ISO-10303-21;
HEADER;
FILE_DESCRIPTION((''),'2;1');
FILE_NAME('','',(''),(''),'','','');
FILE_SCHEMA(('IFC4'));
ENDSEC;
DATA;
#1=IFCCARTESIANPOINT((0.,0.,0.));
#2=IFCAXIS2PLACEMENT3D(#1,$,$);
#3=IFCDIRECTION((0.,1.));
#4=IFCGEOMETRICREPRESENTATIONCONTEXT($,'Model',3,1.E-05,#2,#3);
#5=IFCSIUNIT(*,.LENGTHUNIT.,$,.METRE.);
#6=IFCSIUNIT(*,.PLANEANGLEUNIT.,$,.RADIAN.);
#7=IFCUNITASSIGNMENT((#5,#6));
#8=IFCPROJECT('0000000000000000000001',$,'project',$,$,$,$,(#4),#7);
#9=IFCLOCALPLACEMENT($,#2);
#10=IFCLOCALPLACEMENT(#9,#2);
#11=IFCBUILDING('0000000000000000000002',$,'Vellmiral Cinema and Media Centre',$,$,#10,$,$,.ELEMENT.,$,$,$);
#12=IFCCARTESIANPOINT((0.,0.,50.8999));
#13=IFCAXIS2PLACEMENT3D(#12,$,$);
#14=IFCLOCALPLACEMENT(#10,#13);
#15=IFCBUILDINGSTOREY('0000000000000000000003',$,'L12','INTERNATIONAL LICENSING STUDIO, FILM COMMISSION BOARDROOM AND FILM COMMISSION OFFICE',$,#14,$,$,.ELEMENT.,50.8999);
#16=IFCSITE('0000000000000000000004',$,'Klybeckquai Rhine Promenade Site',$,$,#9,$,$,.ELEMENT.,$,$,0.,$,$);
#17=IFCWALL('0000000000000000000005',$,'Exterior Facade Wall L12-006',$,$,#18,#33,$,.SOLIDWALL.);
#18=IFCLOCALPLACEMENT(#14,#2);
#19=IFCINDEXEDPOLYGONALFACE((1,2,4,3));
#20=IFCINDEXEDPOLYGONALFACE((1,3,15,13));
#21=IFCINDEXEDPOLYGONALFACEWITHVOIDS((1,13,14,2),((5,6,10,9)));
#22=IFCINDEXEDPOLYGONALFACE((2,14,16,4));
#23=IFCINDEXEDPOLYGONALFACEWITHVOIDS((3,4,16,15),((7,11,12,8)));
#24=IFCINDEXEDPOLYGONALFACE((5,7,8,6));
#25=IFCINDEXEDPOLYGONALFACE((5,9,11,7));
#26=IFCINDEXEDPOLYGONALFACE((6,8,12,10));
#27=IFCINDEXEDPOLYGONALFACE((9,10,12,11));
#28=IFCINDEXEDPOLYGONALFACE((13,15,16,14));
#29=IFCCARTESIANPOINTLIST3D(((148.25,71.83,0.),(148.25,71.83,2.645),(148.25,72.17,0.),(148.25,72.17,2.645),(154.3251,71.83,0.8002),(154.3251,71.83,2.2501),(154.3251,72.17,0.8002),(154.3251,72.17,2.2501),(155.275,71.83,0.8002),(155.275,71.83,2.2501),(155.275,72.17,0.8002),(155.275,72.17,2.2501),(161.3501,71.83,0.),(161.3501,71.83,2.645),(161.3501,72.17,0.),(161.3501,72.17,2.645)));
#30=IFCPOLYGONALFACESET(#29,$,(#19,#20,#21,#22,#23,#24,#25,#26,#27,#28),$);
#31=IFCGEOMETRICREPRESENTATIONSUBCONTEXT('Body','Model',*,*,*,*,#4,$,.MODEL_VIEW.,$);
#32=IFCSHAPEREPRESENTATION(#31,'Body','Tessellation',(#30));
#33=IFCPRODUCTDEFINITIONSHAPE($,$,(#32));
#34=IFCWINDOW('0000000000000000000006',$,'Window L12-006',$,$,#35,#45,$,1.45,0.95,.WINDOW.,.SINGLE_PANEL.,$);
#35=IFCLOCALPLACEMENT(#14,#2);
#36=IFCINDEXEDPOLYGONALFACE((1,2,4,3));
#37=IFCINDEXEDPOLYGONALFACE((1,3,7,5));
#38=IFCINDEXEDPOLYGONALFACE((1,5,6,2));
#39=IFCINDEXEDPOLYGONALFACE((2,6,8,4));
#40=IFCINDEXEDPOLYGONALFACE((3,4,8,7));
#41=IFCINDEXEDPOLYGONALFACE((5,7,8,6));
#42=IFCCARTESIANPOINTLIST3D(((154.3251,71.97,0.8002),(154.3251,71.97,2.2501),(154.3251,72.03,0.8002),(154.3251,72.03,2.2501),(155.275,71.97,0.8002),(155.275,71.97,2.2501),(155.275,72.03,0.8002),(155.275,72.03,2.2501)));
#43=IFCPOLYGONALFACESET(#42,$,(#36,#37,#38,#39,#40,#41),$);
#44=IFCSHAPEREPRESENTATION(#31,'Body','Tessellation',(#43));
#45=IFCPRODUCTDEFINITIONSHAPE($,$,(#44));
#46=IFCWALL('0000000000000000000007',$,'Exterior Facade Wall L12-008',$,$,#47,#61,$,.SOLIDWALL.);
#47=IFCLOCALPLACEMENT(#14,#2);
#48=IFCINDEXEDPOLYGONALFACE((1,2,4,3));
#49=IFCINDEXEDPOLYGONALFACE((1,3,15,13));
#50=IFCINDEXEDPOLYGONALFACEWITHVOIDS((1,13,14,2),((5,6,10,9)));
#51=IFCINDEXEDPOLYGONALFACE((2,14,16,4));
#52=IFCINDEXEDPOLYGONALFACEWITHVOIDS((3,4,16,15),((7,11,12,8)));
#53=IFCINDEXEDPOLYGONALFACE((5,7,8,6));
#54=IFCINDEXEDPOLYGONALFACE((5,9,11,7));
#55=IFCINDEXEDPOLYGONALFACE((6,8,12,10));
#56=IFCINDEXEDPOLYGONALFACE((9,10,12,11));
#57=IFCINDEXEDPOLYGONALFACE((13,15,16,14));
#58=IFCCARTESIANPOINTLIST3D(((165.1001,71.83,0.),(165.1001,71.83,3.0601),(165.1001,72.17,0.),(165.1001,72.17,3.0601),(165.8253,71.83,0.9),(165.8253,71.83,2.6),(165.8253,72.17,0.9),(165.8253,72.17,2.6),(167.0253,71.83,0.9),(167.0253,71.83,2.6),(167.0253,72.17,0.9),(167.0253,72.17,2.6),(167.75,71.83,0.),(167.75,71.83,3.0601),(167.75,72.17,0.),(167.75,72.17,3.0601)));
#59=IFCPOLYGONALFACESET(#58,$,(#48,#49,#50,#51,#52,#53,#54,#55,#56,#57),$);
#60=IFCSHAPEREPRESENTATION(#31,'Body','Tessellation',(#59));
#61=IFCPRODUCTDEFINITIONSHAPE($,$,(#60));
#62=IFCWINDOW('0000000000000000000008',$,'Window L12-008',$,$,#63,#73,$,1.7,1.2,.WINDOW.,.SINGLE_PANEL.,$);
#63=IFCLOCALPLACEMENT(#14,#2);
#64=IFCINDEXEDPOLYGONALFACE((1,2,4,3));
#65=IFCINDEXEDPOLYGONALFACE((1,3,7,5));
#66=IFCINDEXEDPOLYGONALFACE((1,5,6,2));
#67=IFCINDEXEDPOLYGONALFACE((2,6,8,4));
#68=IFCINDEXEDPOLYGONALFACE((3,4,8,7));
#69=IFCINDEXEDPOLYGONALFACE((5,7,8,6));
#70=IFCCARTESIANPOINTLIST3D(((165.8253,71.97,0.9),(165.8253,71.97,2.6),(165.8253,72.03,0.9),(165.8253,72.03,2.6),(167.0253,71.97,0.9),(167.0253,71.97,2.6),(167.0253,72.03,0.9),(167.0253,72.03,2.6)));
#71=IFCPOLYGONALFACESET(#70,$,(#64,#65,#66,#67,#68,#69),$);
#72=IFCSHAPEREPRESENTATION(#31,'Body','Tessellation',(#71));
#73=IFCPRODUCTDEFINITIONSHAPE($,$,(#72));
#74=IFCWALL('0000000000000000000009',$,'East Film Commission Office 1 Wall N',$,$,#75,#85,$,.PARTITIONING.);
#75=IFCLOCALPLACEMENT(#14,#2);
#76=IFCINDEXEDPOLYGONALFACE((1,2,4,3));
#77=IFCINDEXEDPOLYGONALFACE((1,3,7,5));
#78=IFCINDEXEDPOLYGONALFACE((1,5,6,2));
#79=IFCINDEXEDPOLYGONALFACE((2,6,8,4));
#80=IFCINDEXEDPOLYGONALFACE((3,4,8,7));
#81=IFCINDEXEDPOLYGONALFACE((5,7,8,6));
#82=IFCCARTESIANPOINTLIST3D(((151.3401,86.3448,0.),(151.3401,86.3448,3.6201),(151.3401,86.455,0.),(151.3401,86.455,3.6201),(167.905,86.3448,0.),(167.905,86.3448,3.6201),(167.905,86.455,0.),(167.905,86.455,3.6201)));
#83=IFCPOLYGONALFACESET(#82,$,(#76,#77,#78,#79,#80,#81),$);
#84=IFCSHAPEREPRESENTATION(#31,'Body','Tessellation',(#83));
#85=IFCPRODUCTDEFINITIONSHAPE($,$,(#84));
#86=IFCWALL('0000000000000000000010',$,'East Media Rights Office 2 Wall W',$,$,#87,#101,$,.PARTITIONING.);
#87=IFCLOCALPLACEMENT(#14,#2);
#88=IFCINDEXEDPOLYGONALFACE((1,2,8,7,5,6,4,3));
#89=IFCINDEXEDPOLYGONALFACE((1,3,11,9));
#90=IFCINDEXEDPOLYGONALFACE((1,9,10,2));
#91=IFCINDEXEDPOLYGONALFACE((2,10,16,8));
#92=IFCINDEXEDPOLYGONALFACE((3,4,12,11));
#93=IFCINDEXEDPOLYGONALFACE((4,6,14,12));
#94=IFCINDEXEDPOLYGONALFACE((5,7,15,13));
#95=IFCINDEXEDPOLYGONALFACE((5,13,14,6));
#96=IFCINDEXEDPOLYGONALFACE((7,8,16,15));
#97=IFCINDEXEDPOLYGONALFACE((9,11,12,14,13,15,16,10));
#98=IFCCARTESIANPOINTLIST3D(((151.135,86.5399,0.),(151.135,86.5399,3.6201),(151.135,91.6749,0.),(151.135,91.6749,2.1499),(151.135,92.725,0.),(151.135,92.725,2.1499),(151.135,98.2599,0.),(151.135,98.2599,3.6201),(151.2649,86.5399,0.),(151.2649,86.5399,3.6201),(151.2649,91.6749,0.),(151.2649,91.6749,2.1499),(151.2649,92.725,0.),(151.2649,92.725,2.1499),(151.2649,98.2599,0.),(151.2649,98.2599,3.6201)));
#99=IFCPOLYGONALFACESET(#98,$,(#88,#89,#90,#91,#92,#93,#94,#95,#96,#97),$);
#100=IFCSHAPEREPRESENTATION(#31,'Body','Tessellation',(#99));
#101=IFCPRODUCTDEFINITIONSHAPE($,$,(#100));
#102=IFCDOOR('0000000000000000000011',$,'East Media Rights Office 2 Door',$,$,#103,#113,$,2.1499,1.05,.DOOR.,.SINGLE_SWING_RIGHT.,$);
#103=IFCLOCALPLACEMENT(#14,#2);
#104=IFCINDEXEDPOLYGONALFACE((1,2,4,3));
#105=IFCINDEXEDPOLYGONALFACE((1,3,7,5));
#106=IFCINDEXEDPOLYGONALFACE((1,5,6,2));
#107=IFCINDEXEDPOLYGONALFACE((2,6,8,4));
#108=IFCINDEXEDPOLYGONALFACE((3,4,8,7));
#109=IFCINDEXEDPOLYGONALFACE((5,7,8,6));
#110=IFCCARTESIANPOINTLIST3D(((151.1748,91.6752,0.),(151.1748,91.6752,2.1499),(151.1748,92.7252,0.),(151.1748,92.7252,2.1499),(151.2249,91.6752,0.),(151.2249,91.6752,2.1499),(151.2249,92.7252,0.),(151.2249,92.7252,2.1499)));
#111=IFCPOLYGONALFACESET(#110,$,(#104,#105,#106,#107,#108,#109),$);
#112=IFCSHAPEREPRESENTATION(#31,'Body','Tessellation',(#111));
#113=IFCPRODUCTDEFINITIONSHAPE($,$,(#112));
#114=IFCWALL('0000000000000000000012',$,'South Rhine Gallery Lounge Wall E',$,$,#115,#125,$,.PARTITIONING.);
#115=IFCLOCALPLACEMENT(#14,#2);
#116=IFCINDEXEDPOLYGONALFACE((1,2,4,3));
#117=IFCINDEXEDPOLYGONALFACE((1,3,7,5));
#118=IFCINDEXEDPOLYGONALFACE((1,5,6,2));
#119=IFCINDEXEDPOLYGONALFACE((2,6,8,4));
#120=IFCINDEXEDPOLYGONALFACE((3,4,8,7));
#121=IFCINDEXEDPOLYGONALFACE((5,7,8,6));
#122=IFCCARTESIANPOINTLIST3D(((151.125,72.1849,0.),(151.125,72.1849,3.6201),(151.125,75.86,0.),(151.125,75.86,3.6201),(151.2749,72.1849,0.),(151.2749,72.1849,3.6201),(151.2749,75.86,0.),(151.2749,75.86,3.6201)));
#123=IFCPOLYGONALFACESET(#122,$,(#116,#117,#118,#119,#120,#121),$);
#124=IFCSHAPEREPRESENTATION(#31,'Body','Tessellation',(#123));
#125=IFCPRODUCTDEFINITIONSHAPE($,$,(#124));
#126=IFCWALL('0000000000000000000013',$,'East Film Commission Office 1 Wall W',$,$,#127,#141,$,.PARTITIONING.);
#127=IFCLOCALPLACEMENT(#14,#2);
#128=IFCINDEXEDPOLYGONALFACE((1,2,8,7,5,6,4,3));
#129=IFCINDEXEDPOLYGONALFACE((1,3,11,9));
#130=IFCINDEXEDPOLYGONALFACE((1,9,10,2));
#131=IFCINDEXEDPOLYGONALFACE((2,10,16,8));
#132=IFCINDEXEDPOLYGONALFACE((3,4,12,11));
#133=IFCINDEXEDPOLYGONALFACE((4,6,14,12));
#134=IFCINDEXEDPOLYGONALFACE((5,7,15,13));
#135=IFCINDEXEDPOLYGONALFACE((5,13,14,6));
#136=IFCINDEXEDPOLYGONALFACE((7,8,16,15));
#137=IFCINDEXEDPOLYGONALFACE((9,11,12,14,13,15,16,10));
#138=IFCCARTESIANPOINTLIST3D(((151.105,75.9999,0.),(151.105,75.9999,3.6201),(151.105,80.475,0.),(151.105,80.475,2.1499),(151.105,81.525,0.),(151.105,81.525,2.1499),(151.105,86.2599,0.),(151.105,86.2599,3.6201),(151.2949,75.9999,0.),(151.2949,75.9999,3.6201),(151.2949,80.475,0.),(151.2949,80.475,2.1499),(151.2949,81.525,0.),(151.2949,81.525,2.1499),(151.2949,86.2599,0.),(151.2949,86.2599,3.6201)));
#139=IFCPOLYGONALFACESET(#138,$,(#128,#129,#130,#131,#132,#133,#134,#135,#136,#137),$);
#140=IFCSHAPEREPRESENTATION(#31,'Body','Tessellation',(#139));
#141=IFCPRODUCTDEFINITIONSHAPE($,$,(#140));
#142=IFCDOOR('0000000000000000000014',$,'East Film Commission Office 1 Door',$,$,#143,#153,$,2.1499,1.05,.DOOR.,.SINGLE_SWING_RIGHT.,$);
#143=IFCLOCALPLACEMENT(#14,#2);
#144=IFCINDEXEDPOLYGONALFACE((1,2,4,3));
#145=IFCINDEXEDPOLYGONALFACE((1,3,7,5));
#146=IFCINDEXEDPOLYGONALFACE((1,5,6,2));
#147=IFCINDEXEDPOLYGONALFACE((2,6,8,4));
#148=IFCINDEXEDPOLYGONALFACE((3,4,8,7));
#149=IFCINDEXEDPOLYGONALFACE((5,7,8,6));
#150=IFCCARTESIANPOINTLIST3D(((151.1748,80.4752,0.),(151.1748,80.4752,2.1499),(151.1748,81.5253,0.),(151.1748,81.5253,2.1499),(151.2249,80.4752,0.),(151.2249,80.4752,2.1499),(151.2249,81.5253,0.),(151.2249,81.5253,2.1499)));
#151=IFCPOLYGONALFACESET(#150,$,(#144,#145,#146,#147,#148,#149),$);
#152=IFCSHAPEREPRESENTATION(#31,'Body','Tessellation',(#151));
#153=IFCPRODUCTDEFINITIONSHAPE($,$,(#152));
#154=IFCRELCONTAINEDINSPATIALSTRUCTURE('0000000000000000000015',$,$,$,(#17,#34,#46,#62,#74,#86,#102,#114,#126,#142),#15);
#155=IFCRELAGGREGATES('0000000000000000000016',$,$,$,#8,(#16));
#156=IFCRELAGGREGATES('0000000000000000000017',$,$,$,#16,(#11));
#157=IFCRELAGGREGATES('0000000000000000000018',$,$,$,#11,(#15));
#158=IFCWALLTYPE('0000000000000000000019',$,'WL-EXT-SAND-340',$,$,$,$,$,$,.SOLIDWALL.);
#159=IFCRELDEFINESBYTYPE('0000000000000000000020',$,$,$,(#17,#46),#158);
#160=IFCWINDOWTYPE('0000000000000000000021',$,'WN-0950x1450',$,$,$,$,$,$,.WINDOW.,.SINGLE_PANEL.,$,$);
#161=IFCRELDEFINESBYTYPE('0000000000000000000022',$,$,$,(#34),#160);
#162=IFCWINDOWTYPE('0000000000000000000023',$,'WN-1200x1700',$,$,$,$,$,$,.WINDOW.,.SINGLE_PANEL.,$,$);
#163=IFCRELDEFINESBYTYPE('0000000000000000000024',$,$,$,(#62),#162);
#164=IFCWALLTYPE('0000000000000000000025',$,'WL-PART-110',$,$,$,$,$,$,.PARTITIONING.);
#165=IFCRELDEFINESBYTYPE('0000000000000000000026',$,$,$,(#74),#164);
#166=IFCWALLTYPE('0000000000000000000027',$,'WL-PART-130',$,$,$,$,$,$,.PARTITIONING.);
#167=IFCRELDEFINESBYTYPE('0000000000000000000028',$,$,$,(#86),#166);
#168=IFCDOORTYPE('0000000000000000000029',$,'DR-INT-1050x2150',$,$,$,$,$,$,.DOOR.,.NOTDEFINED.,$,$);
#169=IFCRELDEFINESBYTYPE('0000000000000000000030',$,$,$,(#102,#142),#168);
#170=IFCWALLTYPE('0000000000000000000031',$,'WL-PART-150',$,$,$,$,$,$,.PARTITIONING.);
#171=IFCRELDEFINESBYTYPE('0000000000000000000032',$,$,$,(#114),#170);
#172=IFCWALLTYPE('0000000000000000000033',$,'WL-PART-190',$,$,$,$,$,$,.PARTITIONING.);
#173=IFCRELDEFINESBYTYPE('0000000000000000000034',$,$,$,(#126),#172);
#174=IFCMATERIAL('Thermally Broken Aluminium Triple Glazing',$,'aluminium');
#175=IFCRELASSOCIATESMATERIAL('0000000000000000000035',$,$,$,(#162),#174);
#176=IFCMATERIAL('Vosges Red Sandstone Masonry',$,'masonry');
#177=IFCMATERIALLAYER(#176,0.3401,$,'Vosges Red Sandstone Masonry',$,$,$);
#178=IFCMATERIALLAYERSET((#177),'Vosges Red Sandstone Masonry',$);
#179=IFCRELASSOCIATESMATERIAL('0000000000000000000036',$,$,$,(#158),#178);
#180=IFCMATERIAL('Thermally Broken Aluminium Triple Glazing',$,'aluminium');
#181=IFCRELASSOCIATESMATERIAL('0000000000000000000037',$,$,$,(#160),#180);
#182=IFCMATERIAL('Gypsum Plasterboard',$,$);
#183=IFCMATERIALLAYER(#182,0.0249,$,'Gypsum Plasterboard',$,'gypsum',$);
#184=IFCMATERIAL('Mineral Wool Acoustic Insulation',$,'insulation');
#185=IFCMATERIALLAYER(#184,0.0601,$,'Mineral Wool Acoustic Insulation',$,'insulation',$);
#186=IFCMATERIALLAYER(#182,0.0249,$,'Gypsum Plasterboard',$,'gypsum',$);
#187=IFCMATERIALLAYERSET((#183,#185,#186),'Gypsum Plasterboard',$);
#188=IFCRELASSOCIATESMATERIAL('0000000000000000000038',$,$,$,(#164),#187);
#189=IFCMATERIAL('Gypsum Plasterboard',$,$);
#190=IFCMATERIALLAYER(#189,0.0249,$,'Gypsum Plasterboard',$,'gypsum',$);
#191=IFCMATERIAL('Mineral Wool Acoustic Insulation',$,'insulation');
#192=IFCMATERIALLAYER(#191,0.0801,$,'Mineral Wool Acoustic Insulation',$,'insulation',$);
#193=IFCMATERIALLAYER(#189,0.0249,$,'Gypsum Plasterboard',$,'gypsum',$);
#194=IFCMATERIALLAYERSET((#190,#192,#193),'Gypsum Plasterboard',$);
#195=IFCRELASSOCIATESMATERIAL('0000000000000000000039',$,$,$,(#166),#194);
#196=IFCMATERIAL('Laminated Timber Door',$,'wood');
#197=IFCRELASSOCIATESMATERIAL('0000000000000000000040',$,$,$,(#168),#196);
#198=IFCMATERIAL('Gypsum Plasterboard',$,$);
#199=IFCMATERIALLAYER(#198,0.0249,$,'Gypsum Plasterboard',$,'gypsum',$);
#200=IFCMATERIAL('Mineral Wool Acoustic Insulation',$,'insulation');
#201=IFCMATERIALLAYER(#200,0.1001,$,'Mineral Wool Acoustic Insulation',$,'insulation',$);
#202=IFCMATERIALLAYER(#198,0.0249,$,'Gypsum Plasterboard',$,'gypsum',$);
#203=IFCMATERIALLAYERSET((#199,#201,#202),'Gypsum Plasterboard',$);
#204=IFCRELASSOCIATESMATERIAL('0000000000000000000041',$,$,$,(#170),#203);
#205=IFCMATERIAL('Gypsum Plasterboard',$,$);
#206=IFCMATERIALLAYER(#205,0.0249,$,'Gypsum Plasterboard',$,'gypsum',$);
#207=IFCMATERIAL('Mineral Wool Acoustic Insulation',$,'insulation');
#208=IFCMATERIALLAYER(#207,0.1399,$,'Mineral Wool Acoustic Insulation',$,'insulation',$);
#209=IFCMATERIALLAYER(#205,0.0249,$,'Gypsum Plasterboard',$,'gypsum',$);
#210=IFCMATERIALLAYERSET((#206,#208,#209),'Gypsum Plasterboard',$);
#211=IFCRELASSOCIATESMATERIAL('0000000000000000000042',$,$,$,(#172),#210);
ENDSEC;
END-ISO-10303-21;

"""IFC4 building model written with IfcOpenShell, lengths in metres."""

from ifc_helpers import new_model, si_unit, direction, frame, frame_2d, origin, place, context, subcontext, project, spatial, rectangle, extrude, material, layer, layer_set, type_object, element, fill, save


model = new_model("IFC4")

# Units and contexts
model_context = context("Model", 3, precision=1e-05, world=origin(), true_north=direction((0.0, 1.0)))
body_context = subcontext(model_context, "Body", "Model", "MODEL_VIEW")
ifc_project = project(units=[si_unit("LENGTHUNIT", "METRE"), si_unit("PLANEANGLEUNIT", "RADIAN")], contexts=[model_context])

# Site, building, storey
site_placement = place(None, origin())
site = spatial("IfcSite", under=ifc_project, at=site_placement, Name="Klybeckquai Rhine Promenade Site", CompositionType="ELEMENT", RefElevation=0.0)
building_placement = place(site_placement, origin())
building = spatial("IfcBuilding", under=site, at=building_placement, Name="Vellmiral Cinema and Media Centre", CompositionType="ELEMENT")
storey_placement = place(building_placement, frame((0.0, 0.0, 50.8999)))
storey = spatial("IfcBuildingStorey", under=building, at=storey_placement, Name="L12", Description="INTERNATIONAL LICENSING STUDIO, FILM COMMISSION BOARDROOM AND FILM COMMISSION OFFICE", CompositionType="ELEMENT", Elevation=50.8999)

# Shared definitions
ifc_material_1 = material(Name="Thermally Broken Aluminium Triple Glazing", Category="aluminium")
window_type_1 = type_object("IfcWindowType", Name="WN-1200x1700", PartitioningType="SINGLE_PANEL", PredefinedType="WINDOW", material=ifc_material_1)

# Walls, openings, windows
ifc_material_2 = material(Name="Vosges Red Sandstone Masonry", Category="masonry")
ifc_layer_1 = layer(ifc_material_2, 0.3401, Name="Vosges Red Sandstone Masonry")
ifc_layer_set_1 = layer_set([ifc_layer_1], Name="Vosges Red Sandstone Masonry")
wall_type_1 = type_object("IfcWallType", Name="WL-EXT-SAND-340", PredefinedType="SOLIDWALL", material=ifc_layer_set_1)
wall_1_placement = place(storey_placement, frame((148.25, 72.0, 0.0), z_axis=(0.0, 0.0, 1.0), x_axis=(1.0, 0.0, 0.0)))
wall_1 = element("IfcWall", 1, at=wall_1_placement, inside=storey, type_object=wall_type_1, Name="Exterior Facade Wall L12-006", PredefinedType="SOLIDWALL", context=body_context, shape_type="SweptSolid", body=[
    extrude(rectangle(XDim=13.1001, YDim=0.3401, at=frame_2d((6.55, 0.0))), origin(), (0.0, 0.0, 1.0), 2.645),
])
opening_1_placement = place(wall_1_placement, frame((6.075, 0.0, 0.8)))
opening_1 = element("IfcOpeningElement", 2, at=opening_1_placement, cuts=wall_1, PredefinedType="OPENING", context=body_context, shape_type="SweptSolid", body=[
    extrude(rectangle(XDim=0.95, YDim=1.45, at=frame_2d((0.4751, 0.7251))), frame((0.0, 0.1821, 0.0), z_axis=(0.0, -1.0, 0.0), x_axis=(1.0, 0.0, 0.0)), (0.0, 0.0, 1.0), 0.364),
])
ifc_material_3 = material(Name="Thermally Broken Aluminium Triple Glazing", Category="aluminium")
window_type_2 = type_object("IfcWindowType", Name="WN-0950x1450", PartitioningType="SINGLE_PANEL", PredefinedType="WINDOW", material=ifc_material_3)
window_1_placement = place(opening_1_placement, origin())
window_1 = element("IfcWindow", 3, at=window_1_placement, inside=storey, type_object=window_type_2, Name="Window L12-006", OverallHeight=1.45, OverallWidth=0.95, PartitioningType="SINGLE_PANEL", PredefinedType="WINDOW", context=body_context, shape_type="SweptSolid", body=[
    extrude(rectangle(XDim=0.95, YDim=1.45, at=frame_2d((0.4751, 0.7251))), frame((0.0, 0.03, 0.0), z_axis=(0.0, -1.0, 0.0), x_axis=(1.0, 0.0, 0.0)), (0.0, 0.0, 1.0), 0.0601),
])
fill(opening_1, window_1)
wall_2_placement = place(storey_placement, frame((165.1001, 72.0, 0.0), z_axis=(0.0, 0.0, 1.0), x_axis=(1.0, 0.0, 0.0)))
wall_2 = element("IfcWall", 4, at=wall_2_placement, inside=storey, type_object=wall_type_1, Name="Exterior Facade Wall L12-008", PredefinedType="SOLIDWALL", context=body_context, shape_type="SweptSolid", body=[
    extrude(rectangle(XDim=2.6499, YDim=0.3401, at=frame_2d((1.325, 0.0))), origin(), (0.0, 0.0, 1.0), 3.0601),
])
opening_2_placement = place(wall_2_placement, frame((0.7251, 0.0, 0.8999)))
opening_2 = element("IfcOpeningElement", 5, at=opening_2_placement, cuts=wall_2, PredefinedType="OPENING", context=body_context, shape_type="SweptSolid", body=[
    extrude(rectangle(XDim=1.2, YDim=1.7, at=frame_2d((0.6001, 0.8501))), frame((0.0, 0.1821, 0.0), z_axis=(0.0, -1.0, 0.0), x_axis=(1.0, 0.0, 0.0)), (0.0, 0.0, 1.0), 0.364),
])
window_2_placement = place(opening_2_placement, origin())
window_2 = element("IfcWindow", 6, at=window_2_placement, inside=storey, type_object=window_type_1, Name="Window L12-008", OverallHeight=1.7, OverallWidth=1.2, PartitioningType="SINGLE_PANEL", PredefinedType="WINDOW", context=body_context, shape_type="SweptSolid", body=[
    extrude(rectangle(XDim=1.2, YDim=1.7, at=frame_2d((0.6001, 0.8501))), frame((0.0, 0.03, 0.0), z_axis=(0.0, -1.0, 0.0), x_axis=(1.0, 0.0, 0.0)), (0.0, 0.0, 1.0), 0.0601),
])
fill(opening_2, window_2)

# Wall
ifc_material_4 = material(Name="Gypsum Plasterboard")
ifc_layer_2 = layer(ifc_material_4, 0.0249, Name="Gypsum Plasterboard", Category="gypsum")
ifc_material_5 = material(Name="Mineral Wool Acoustic Insulation", Category="insulation")
ifc_layer_3 = layer(ifc_material_5, 0.0601, Name="Mineral Wool Acoustic Insulation", Category="insulation")
ifc_layer_4 = layer(ifc_material_4, 0.0249, Name="Gypsum Plasterboard", Category="gypsum")
ifc_layer_set_2 = layer_set([ifc_layer_2, ifc_layer_3, ifc_layer_4], Name="Gypsum Plasterboard")
wall_type_2 = type_object("IfcWallType", Name="WL-PART-110", PredefinedType="PARTITIONING", material=ifc_layer_set_2)
wall_3_placement = place(storey_placement, frame((151.3401, 86.3999, 0.0), z_axis=(0.0, 0.0, 1.0), x_axis=(1.0, 0.0, 0.0)))
element("IfcWall", 7, at=wall_3_placement, inside=storey, type_object=wall_type_2, Name="East Film Commission Office 1 Wall N", PredefinedType="PARTITIONING", context=body_context, shape_type="SweptSolid", body=[
    extrude(rectangle(XDim=16.5649, YDim=0.1101, at=frame_2d((8.2825, 0.0))), origin(), (0.0, 0.0, 1.0), 3.6201),
])

# Wall, opening, door
ifc_material_6 = material(Name="Gypsum Plasterboard")
ifc_layer_5 = layer(ifc_material_6, 0.0249, Name="Gypsum Plasterboard", Category="gypsum")
ifc_material_7 = material(Name="Mineral Wool Acoustic Insulation", Category="insulation")
ifc_layer_6 = layer(ifc_material_7, 0.0801, Name="Mineral Wool Acoustic Insulation", Category="insulation")
ifc_layer_7 = layer(ifc_material_6, 0.0249, Name="Gypsum Plasterboard", Category="gypsum")
ifc_layer_set_3 = layer_set([ifc_layer_5, ifc_layer_6, ifc_layer_7], Name="Gypsum Plasterboard")
wall_type_3 = type_object("IfcWallType", Name="WL-PART-130", PredefinedType="PARTITIONING", material=ifc_layer_set_3)
wall_4_placement = place(storey_placement, frame((151.2, 86.54, 0.0), z_axis=(0.0, 0.0, 1.0), x_axis=(0.0, 1.0, 0.0)))
wall_4 = element("IfcWall", 8, at=wall_4_placement, inside=storey, type_object=wall_type_3, Name="East Media Rights Office 2 Wall W", PredefinedType="PARTITIONING", context=body_context, shape_type="SweptSolid", body=[
    extrude(rectangle(XDim=11.72, YDim=0.1299, at=frame_2d((5.8599, 0.0))), origin(), (0.0, 0.0, 1.0), 3.6201),
])
opening_3_placement = place(wall_4_placement, frame((5.135, 0.0, 0.0)))
opening_3 = element("IfcOpeningElement", 9, at=opening_3_placement, cuts=wall_4, PredefinedType="OPENING", context=body_context, shape_type="SweptSolid", body=[
    extrude(rectangle(XDim=1.05, YDim=2.1499, at=frame_2d((0.5249, 1.075))), frame((0.0, 0.0769, 0.0), z_axis=(0.0, -1.0, 0.0), x_axis=(1.0, 0.0, 0.0)), (0.0, 0.0, 1.0), 0.1538),
])
ifc_material_8 = material(Name="Laminated Timber Door", Category="wood")
door_type = type_object("IfcDoorType", Name="DR-INT-1050x2150", OperationType="NOTDEFINED", PredefinedType="DOOR", material=ifc_material_8)
door_1_placement = place(opening_3_placement, frame((1.05, 0.0, 0.0), z_axis=(0.0, 0.0, 1.0), x_axis=(-1.0, 0.0, 0.0)))
door_1 = element("IfcDoor", 10, at=door_1_placement, inside=storey, type_object=door_type, Name="East Media Rights Office 2 Door", OperationType="SINGLE_SWING_RIGHT", OverallHeight=2.1499, OverallWidth=1.05, PredefinedType="DOOR", context=body_context, shape_type="SweptSolid", body=[
    extrude(rectangle(XDim=1.05, YDim=2.1499, at=frame_2d((0.5249, 1.075))), frame((0.0, 0.0249, 0.0), z_axis=(0.0, -1.0, 0.0), x_axis=(1.0, 0.0, 0.0)), (0.0, 0.0, 1.0), 0.05),
])
fill(opening_3, door_1)

# Wall
ifc_material_9 = material(Name="Gypsum Plasterboard")
ifc_layer_8 = layer(ifc_material_9, 0.0249, Name="Gypsum Plasterboard", Category="gypsum")
ifc_material_10 = material(Name="Mineral Wool Acoustic Insulation", Category="insulation")
ifc_layer_9 = layer(ifc_material_10, 0.1001, Name="Mineral Wool Acoustic Insulation", Category="insulation")
ifc_layer_10 = layer(ifc_material_9, 0.0249, Name="Gypsum Plasterboard", Category="gypsum")
ifc_layer_set_4 = layer_set([ifc_layer_8, ifc_layer_9, ifc_layer_10], Name="Gypsum Plasterboard")
wall_type_4 = type_object("IfcWallType", Name="WL-PART-150", PredefinedType="PARTITIONING", material=ifc_layer_set_4)
wall_5_placement = place(storey_placement, frame((151.2, 72.1851, 0.0), z_axis=(0.0, 0.0, 1.0), x_axis=(0.0, 1.0, 0.0)))
element("IfcWall", 11, at=wall_5_placement, inside=storey, type_object=wall_type_4, Name="South Rhine Gallery Lounge Wall E", PredefinedType="PARTITIONING", context=body_context, shape_type="SweptSolid", body=[
    extrude(rectangle(XDim=3.675, YDim=0.1499, at=frame_2d((1.8374, 0.0))), origin(), (0.0, 0.0, 1.0), 3.6201),
])

# Wall, opening, door
ifc_material_11 = material(Name="Gypsum Plasterboard")
ifc_layer_11 = layer(ifc_material_11, 0.0249, Name="Gypsum Plasterboard", Category="gypsum")
ifc_material_12 = material(Name="Mineral Wool Acoustic Insulation", Category="insulation")
ifc_layer_12 = layer(ifc_material_12, 0.1399, Name="Mineral Wool Acoustic Insulation", Category="insulation")
ifc_layer_13 = layer(ifc_material_11, 0.0249, Name="Gypsum Plasterboard", Category="gypsum")
ifc_layer_set_5 = layer_set([ifc_layer_11, ifc_layer_12, ifc_layer_13], Name="Gypsum Plasterboard")
wall_type_5 = type_object("IfcWallType", Name="WL-PART-190", PredefinedType="PARTITIONING", material=ifc_layer_set_5)
wall_6_placement = place(storey_placement, frame((151.2, 76.0, 0.0), z_axis=(0.0, 0.0, 1.0), x_axis=(0.0, 1.0, 0.0)))
wall_6 = element("IfcWall", 12, at=wall_6_placement, inside=storey, type_object=wall_type_5, Name="East Film Commission Office 1 Wall W", PredefinedType="PARTITIONING", context=body_context, shape_type="SweptSolid", body=[
    extrude(rectangle(XDim=10.26, YDim=0.1899, at=frame_2d((5.1299, 0.0))), origin(), (0.0, 0.0, 1.0), 3.6201),
])
opening_4_placement = place(wall_6_placement, frame((4.4751, 0.0, 0.0)))
opening_4 = element("IfcOpeningElement", 13, at=opening_4_placement, cuts=wall_6, PredefinedType="OPENING", context=body_context, shape_type="SweptSolid", body=[
    extrude(rectangle(XDim=1.05, YDim=2.1499, at=frame_2d((0.5249, 1.075))), frame((0.0, 0.1069, 0.0), z_axis=(0.0, -1.0, 0.0), x_axis=(1.0, 0.0, 0.0)), (0.0, 0.0, 1.0), 0.2139),
])
door_2_placement = place(opening_4_placement, frame((1.05, 0.0, 0.0), z_axis=(0.0, 0.0, 1.0), x_axis=(-1.0, 0.0, 0.0)))
door_2 = element("IfcDoor", 14, at=door_2_placement, inside=storey, type_object=door_type, Name="East Film Commission Office 1 Door", OperationType="SINGLE_SWING_RIGHT", OverallHeight=2.1499, OverallWidth=1.05, PredefinedType="DOOR", context=body_context, shape_type="SweptSolid", body=[
    extrude(rectangle(XDim=1.05, YDim=2.1499, at=frame_2d((0.5249, 1.075))), frame((0.0, 0.0249, 0.0), z_axis=(0.0, -1.0, 0.0), x_axis=(1.0, 0.0, 0.0)), (0.0, 0.0, 1.0), 0.05),
])
fill(opening_4, door_2)

save(model, "model.ifc")
